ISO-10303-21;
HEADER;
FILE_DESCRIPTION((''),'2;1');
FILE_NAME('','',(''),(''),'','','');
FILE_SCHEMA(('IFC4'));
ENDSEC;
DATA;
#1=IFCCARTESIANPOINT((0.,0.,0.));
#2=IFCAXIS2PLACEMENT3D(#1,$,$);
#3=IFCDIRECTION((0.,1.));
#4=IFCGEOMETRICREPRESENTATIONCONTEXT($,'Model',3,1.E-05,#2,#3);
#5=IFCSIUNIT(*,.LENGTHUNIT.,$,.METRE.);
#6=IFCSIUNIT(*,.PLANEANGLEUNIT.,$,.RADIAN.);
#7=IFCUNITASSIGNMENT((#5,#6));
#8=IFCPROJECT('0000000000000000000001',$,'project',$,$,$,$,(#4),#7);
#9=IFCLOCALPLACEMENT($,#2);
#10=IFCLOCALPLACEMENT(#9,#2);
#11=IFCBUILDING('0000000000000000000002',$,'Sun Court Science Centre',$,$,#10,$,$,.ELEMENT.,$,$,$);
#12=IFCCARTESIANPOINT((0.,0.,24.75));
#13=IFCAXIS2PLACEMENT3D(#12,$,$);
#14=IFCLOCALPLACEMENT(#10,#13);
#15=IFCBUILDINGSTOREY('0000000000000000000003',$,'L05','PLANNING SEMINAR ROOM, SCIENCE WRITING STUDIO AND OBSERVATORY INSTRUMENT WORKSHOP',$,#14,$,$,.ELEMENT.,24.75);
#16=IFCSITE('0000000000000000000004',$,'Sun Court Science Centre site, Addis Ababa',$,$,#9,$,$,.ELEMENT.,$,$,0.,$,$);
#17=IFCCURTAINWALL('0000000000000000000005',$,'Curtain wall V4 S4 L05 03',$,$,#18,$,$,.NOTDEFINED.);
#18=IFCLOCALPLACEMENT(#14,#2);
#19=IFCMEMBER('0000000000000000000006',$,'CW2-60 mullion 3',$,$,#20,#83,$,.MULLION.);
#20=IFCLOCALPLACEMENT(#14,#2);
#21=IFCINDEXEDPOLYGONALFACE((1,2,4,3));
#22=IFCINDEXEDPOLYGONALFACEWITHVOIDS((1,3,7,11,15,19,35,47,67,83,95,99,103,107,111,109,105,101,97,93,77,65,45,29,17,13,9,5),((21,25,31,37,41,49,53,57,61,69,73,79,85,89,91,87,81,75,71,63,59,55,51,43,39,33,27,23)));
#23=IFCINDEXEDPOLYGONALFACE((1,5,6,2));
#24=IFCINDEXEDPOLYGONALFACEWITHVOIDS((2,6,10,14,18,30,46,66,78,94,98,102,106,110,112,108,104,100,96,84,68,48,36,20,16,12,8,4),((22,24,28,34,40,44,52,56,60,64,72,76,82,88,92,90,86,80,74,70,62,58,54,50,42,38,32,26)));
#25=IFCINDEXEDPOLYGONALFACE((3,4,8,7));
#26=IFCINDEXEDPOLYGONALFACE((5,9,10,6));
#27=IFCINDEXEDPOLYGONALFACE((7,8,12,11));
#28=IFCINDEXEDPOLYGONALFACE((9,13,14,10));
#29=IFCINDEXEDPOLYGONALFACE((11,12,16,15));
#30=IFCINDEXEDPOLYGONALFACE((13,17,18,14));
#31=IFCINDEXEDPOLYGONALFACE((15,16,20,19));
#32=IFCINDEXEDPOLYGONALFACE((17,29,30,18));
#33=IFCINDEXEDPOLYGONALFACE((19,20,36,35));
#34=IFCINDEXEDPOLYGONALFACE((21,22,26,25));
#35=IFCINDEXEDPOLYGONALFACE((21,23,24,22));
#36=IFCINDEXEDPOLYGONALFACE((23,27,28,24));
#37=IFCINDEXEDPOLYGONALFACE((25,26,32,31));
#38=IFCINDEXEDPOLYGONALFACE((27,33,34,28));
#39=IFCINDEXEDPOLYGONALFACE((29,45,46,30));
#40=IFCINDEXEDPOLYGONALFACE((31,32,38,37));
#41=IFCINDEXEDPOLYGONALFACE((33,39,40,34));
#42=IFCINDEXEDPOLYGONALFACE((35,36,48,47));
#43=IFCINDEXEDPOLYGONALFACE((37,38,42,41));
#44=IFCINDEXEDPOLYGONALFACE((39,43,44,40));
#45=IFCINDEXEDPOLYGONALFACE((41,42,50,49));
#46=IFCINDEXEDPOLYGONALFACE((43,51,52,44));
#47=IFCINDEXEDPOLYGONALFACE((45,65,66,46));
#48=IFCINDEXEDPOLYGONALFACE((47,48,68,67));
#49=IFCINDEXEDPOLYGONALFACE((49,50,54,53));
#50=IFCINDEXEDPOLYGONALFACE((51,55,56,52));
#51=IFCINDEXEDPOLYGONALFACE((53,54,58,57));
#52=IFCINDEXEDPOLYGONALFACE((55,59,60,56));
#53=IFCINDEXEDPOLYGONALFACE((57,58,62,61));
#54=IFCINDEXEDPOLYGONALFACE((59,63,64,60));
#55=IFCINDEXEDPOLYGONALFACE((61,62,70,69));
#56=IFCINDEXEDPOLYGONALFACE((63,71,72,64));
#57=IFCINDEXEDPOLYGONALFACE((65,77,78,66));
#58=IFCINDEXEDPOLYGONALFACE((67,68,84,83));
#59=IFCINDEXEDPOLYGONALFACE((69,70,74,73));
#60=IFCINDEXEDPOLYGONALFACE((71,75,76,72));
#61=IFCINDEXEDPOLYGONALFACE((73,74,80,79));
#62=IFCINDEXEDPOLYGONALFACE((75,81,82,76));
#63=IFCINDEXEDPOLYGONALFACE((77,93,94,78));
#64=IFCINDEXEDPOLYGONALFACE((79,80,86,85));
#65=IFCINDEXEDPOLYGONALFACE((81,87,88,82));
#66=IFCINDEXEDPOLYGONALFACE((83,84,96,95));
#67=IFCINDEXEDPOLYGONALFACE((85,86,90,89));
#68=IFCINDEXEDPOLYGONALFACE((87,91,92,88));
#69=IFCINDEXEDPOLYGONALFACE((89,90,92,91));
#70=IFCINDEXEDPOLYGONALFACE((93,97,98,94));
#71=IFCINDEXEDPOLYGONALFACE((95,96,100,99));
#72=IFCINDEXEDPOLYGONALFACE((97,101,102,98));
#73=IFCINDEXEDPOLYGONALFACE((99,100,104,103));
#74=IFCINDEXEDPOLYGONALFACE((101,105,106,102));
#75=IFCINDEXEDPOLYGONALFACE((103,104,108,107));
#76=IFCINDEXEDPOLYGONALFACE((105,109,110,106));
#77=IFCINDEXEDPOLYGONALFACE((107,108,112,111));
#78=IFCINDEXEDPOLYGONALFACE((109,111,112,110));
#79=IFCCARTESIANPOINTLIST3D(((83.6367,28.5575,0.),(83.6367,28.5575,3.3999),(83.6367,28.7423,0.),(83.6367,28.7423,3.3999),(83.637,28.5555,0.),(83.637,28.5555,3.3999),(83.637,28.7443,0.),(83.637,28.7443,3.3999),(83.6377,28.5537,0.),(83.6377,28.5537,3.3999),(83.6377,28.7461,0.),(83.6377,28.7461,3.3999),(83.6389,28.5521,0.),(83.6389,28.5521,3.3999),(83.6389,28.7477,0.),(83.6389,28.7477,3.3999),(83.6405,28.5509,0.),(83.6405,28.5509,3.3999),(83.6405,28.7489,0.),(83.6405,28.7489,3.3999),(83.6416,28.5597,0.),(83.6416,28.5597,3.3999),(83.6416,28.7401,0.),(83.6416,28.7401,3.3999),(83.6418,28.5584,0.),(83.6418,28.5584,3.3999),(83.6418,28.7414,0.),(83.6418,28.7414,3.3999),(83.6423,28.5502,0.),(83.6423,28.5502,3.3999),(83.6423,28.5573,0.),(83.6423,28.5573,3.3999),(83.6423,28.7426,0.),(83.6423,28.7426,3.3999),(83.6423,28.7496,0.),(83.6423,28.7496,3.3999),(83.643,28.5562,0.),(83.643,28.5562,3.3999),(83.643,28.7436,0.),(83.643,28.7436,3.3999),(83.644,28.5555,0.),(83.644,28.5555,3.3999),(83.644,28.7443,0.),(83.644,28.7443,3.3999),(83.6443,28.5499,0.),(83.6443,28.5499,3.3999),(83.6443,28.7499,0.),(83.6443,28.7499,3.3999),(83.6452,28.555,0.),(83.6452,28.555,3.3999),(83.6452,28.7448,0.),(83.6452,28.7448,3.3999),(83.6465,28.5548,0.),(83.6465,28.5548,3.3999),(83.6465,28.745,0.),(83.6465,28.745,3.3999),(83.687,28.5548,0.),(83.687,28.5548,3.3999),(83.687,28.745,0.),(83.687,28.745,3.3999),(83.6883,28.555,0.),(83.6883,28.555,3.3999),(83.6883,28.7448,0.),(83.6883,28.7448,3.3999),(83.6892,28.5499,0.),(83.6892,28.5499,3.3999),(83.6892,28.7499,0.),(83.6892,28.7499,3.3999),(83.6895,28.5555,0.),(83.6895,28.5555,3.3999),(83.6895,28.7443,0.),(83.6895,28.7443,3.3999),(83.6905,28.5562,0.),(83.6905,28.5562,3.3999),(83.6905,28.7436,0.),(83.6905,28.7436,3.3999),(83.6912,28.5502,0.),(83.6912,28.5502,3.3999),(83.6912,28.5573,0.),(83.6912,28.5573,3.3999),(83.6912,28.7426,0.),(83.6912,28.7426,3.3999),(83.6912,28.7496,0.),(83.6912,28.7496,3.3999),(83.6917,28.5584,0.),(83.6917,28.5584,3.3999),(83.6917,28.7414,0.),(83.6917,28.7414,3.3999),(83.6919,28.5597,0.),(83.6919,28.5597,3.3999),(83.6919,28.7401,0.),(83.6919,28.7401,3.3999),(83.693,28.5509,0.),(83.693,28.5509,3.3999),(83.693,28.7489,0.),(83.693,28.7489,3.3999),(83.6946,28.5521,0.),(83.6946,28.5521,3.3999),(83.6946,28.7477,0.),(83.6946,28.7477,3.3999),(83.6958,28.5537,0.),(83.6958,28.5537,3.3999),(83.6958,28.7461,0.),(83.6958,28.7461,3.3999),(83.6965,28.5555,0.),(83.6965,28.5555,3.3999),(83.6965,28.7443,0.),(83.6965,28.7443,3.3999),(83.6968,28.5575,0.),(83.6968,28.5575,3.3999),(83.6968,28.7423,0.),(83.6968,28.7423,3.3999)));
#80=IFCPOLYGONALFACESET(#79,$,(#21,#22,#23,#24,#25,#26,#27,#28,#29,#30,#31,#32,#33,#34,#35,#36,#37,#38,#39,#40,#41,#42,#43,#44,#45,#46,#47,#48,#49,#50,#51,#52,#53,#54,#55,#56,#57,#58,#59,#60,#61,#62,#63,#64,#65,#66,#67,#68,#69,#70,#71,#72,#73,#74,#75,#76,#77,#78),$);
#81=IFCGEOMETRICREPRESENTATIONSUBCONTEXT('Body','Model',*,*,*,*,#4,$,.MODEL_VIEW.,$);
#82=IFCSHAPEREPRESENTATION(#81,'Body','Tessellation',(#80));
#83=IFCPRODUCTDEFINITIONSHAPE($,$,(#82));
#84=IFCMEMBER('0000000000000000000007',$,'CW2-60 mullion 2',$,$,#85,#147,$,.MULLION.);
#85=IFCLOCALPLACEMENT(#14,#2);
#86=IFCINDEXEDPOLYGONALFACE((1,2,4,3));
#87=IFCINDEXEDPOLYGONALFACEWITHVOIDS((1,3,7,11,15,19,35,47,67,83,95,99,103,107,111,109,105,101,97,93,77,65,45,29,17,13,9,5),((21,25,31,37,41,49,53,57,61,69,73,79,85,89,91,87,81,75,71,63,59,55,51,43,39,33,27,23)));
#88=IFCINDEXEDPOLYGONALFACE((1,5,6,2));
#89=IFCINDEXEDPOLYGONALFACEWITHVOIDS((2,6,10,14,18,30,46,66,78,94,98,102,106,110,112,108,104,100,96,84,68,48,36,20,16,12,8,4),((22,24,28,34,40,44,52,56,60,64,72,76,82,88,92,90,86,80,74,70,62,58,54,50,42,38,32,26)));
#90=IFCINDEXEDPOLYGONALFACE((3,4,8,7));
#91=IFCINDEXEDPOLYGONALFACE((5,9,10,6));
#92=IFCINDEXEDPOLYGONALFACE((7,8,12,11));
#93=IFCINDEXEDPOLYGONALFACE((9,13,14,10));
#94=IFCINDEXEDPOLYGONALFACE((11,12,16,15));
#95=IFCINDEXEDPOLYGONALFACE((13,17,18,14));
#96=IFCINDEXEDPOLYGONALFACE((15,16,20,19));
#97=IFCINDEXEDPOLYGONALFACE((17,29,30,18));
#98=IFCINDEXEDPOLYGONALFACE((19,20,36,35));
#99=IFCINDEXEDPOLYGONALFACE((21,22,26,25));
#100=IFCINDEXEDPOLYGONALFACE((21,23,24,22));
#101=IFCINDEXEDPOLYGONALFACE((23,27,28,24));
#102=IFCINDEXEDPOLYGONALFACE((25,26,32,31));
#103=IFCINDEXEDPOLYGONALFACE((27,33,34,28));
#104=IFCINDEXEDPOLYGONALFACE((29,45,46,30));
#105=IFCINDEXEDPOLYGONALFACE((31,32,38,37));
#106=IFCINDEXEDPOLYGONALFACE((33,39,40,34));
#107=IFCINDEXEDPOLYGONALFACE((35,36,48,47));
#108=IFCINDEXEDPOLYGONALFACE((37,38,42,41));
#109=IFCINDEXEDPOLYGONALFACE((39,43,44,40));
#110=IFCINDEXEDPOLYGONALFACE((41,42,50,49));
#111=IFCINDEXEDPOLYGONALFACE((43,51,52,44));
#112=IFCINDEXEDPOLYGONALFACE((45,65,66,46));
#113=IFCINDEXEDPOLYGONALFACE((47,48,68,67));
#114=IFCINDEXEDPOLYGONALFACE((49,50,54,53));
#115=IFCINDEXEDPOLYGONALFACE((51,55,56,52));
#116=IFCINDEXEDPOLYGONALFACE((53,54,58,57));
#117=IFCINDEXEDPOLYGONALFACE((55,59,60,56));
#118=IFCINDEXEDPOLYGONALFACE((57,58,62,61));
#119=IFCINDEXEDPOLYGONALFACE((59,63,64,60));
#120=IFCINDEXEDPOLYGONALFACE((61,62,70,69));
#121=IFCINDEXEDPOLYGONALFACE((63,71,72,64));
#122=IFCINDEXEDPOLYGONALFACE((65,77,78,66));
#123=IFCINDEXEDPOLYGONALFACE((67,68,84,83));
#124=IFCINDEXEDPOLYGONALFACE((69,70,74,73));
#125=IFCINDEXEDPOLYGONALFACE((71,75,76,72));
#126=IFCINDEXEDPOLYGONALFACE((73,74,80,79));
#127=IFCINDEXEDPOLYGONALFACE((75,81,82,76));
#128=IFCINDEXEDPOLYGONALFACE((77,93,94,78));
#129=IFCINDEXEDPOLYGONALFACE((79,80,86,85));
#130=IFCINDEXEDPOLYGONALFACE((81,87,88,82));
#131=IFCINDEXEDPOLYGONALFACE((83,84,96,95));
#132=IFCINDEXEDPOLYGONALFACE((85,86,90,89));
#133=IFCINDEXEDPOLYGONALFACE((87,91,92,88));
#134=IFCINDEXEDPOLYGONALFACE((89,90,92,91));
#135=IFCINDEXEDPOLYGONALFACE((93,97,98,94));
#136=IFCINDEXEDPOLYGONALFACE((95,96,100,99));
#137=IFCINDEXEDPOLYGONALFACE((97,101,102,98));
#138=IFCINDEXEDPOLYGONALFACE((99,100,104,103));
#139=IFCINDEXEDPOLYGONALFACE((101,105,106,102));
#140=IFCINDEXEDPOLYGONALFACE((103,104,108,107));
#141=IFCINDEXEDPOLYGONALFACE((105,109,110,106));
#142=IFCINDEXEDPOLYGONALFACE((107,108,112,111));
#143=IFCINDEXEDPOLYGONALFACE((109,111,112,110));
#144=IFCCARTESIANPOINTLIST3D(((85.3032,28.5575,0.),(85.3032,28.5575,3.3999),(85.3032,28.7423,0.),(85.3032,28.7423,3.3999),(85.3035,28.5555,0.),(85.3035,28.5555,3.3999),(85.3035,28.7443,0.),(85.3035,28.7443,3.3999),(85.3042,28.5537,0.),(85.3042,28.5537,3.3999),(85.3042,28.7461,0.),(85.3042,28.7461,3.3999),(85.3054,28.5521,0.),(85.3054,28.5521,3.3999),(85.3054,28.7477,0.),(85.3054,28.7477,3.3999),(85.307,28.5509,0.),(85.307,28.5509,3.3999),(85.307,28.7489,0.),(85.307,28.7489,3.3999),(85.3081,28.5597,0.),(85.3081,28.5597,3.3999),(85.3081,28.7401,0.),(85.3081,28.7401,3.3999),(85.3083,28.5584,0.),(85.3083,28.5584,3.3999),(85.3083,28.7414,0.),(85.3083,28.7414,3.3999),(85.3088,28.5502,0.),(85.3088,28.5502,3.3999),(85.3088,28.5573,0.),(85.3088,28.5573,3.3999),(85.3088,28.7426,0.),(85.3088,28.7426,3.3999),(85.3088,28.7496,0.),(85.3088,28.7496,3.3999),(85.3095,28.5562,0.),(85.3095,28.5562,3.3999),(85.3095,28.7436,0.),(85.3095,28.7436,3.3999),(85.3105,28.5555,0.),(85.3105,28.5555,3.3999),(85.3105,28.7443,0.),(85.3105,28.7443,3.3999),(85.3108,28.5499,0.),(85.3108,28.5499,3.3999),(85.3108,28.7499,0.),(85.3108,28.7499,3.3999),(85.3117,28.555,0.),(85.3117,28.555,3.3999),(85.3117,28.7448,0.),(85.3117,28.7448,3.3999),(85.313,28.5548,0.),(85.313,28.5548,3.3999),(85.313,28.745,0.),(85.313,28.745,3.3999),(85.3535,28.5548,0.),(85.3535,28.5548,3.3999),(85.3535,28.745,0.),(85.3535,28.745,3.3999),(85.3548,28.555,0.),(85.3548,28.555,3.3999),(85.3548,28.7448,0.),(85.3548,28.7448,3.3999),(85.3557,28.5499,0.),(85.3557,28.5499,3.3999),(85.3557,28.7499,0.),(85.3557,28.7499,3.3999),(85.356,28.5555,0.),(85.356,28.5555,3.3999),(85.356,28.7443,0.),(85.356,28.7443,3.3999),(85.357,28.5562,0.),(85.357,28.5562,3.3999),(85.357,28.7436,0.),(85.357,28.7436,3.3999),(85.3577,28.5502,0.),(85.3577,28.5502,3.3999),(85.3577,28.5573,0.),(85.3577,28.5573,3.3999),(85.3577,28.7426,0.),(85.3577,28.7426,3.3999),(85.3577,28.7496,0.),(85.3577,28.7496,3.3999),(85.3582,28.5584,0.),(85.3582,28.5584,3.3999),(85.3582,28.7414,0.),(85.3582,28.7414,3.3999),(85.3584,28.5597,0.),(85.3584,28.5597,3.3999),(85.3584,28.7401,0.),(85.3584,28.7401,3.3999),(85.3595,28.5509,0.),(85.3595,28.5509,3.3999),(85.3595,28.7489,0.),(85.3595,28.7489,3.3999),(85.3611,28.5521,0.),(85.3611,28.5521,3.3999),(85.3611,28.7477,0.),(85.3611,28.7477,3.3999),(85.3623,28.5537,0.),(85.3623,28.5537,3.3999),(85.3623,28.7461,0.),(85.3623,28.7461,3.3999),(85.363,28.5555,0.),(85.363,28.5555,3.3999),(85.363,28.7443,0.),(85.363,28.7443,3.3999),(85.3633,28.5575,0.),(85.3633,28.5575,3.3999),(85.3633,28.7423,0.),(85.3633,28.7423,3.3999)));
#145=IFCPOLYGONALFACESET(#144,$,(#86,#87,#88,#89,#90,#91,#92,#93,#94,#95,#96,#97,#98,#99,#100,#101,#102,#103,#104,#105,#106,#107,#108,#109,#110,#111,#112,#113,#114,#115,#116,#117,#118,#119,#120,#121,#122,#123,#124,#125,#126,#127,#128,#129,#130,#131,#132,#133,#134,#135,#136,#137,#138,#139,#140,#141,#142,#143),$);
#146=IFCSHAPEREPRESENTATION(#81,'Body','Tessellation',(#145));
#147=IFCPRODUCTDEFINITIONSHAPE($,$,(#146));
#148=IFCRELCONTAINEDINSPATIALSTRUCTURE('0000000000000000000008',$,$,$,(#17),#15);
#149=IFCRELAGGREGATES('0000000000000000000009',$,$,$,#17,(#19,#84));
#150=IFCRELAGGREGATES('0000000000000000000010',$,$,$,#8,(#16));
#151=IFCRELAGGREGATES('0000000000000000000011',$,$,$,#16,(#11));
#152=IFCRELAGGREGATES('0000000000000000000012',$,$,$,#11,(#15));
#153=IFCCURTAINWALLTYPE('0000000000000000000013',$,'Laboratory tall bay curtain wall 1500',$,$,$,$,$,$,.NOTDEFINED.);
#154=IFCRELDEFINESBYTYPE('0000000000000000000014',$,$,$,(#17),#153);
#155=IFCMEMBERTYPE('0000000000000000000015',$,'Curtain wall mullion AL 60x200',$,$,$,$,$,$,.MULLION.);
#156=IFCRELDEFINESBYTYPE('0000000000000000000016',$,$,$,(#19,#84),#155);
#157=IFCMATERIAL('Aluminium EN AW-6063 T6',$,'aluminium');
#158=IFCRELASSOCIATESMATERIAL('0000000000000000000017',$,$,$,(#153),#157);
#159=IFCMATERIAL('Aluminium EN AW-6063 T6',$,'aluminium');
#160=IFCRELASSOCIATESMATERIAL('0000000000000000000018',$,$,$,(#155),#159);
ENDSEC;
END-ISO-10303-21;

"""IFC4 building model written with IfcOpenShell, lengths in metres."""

from ifc_helpers import new_model, si_unit, direction, frame, origin, origin_2d, place, context, subcontext, project, spatial, hollow_rectangle, extrude, material, material_profile, profile_set, type_object, element, aggregate, save


model = new_model("IFC4")

# Units and contexts
model_context = context("Model", 3, precision=1e-05, world=origin(), true_north=direction((0.0, 1.0)))
body_context = subcontext(model_context, "Body", "Model", "MODEL_VIEW")
ifc_project = project(units=[si_unit("LENGTHUNIT", "METRE"), si_unit("PLANEANGLEUNIT", "RADIAN")], contexts=[model_context])

# Site, building, storey
site_placement = place(None, origin())
site = spatial("IfcSite", under=ifc_project, at=site_placement, Name="Sun Court Science Centre site, Addis Ababa", CompositionType="ELEMENT", RefElevation=0.0)
building_placement = place(site_placement, origin())
building = spatial("IfcBuilding", under=site, at=building_placement, Name="Sun Court Science Centre", CompositionType="ELEMENT")
storey_placement = place(building_placement, frame((0.0, 0.0, 24.75)))
storey = spatial("IfcBuildingStorey", under=building, at=storey_placement, Name="L05", Description="PLANNING SEMINAR ROOM, SCIENCE WRITING STUDIO AND OBSERVATORY INSTRUMENT WORKSHOP", CompositionType="ELEMENT", Elevation=24.75)

# Shared definitions
ifc_material_1 = material(Name="Aluminium EN AW-6063 T6", Category="aluminium")
curtain_wall_type = type_object("IfcCurtainWallType", Name="Laboratory tall bay curtain wall 1500", PredefinedType="NOTDEFINED", material=ifc_material_1)
ifc_material_2 = material(Name="Aluminium EN AW-6063 T6", Category="aluminium")
ifc_material_profile_1 = material_profile(ifc_material_2, hollow_rectangle(XDim=0.0601, YDim=0.2, WallThickness=0.0049, InnerFilletRadius=0.0049, OuterFilletRadius=0.0076, at=origin_2d()), Name="AL 60x200x5")
ifc_profile_set_1 = profile_set([ifc_material_profile_1], Name="Aluminium EN AW-6063 T6")
member_type_1 = type_object("IfcMemberType", Name="Curtain wall mullion AL 60x200", PredefinedType="MULLION", material=ifc_profile_set_1)

# Curtain wall, members
curtain_wall_1_placement = place(storey_placement, origin())
curtain_wall_1 = element("IfcCurtainWall", 1, at=curtain_wall_1_placement, inside=storey, type_object=curtain_wall_type, Name="Curtain wall V4 S4 L05 03", PredefinedType="NOTDEFINED")
member_1_placement = place(storey_placement, frame((83.6667, 28.6499, 0.0), z_axis=(0.0, 0.0, 1.0), x_axis=(-1.0, 0.0, 0.0)))
member_1 = element("IfcMember", 2, at=member_1_placement, type_object=member_type_1, Name="CW2-60 mullion 3", PredefinedType="MULLION", context=body_context, shape_type="SweptSolid", body=[
    extrude(hollow_rectangle(XDim=0.0601, YDim=0.2, WallThickness=0.0049, InnerFilletRadius=0.0049, OuterFilletRadius=0.0076, at=origin_2d()), origin(), (0.0, 0.0, 1.0), 3.3999),
])
member_2_placement = place(storey_placement, frame((85.3333, 28.6499, 0.0), z_axis=(0.0, 0.0, 1.0), x_axis=(-1.0, 0.0, 0.0)))
member_2 = element("IfcMember", 3, at=member_2_placement, type_object=member_type_1, Name="CW2-60 mullion 2", PredefinedType="MULLION", context=body_context, shape_type="SweptSolid", body=[
    extrude(hollow_rectangle(XDim=0.0601, YDim=0.2, WallThickness=0.0049, InnerFilletRadius=0.0049, OuterFilletRadius=0.0076, at=origin_2d()), origin(), (0.0, 0.0, 1.0), 3.3999),
])

aggregate(curtain_wall_1, [member_1, member_2])

save(model, "model.ifc")
